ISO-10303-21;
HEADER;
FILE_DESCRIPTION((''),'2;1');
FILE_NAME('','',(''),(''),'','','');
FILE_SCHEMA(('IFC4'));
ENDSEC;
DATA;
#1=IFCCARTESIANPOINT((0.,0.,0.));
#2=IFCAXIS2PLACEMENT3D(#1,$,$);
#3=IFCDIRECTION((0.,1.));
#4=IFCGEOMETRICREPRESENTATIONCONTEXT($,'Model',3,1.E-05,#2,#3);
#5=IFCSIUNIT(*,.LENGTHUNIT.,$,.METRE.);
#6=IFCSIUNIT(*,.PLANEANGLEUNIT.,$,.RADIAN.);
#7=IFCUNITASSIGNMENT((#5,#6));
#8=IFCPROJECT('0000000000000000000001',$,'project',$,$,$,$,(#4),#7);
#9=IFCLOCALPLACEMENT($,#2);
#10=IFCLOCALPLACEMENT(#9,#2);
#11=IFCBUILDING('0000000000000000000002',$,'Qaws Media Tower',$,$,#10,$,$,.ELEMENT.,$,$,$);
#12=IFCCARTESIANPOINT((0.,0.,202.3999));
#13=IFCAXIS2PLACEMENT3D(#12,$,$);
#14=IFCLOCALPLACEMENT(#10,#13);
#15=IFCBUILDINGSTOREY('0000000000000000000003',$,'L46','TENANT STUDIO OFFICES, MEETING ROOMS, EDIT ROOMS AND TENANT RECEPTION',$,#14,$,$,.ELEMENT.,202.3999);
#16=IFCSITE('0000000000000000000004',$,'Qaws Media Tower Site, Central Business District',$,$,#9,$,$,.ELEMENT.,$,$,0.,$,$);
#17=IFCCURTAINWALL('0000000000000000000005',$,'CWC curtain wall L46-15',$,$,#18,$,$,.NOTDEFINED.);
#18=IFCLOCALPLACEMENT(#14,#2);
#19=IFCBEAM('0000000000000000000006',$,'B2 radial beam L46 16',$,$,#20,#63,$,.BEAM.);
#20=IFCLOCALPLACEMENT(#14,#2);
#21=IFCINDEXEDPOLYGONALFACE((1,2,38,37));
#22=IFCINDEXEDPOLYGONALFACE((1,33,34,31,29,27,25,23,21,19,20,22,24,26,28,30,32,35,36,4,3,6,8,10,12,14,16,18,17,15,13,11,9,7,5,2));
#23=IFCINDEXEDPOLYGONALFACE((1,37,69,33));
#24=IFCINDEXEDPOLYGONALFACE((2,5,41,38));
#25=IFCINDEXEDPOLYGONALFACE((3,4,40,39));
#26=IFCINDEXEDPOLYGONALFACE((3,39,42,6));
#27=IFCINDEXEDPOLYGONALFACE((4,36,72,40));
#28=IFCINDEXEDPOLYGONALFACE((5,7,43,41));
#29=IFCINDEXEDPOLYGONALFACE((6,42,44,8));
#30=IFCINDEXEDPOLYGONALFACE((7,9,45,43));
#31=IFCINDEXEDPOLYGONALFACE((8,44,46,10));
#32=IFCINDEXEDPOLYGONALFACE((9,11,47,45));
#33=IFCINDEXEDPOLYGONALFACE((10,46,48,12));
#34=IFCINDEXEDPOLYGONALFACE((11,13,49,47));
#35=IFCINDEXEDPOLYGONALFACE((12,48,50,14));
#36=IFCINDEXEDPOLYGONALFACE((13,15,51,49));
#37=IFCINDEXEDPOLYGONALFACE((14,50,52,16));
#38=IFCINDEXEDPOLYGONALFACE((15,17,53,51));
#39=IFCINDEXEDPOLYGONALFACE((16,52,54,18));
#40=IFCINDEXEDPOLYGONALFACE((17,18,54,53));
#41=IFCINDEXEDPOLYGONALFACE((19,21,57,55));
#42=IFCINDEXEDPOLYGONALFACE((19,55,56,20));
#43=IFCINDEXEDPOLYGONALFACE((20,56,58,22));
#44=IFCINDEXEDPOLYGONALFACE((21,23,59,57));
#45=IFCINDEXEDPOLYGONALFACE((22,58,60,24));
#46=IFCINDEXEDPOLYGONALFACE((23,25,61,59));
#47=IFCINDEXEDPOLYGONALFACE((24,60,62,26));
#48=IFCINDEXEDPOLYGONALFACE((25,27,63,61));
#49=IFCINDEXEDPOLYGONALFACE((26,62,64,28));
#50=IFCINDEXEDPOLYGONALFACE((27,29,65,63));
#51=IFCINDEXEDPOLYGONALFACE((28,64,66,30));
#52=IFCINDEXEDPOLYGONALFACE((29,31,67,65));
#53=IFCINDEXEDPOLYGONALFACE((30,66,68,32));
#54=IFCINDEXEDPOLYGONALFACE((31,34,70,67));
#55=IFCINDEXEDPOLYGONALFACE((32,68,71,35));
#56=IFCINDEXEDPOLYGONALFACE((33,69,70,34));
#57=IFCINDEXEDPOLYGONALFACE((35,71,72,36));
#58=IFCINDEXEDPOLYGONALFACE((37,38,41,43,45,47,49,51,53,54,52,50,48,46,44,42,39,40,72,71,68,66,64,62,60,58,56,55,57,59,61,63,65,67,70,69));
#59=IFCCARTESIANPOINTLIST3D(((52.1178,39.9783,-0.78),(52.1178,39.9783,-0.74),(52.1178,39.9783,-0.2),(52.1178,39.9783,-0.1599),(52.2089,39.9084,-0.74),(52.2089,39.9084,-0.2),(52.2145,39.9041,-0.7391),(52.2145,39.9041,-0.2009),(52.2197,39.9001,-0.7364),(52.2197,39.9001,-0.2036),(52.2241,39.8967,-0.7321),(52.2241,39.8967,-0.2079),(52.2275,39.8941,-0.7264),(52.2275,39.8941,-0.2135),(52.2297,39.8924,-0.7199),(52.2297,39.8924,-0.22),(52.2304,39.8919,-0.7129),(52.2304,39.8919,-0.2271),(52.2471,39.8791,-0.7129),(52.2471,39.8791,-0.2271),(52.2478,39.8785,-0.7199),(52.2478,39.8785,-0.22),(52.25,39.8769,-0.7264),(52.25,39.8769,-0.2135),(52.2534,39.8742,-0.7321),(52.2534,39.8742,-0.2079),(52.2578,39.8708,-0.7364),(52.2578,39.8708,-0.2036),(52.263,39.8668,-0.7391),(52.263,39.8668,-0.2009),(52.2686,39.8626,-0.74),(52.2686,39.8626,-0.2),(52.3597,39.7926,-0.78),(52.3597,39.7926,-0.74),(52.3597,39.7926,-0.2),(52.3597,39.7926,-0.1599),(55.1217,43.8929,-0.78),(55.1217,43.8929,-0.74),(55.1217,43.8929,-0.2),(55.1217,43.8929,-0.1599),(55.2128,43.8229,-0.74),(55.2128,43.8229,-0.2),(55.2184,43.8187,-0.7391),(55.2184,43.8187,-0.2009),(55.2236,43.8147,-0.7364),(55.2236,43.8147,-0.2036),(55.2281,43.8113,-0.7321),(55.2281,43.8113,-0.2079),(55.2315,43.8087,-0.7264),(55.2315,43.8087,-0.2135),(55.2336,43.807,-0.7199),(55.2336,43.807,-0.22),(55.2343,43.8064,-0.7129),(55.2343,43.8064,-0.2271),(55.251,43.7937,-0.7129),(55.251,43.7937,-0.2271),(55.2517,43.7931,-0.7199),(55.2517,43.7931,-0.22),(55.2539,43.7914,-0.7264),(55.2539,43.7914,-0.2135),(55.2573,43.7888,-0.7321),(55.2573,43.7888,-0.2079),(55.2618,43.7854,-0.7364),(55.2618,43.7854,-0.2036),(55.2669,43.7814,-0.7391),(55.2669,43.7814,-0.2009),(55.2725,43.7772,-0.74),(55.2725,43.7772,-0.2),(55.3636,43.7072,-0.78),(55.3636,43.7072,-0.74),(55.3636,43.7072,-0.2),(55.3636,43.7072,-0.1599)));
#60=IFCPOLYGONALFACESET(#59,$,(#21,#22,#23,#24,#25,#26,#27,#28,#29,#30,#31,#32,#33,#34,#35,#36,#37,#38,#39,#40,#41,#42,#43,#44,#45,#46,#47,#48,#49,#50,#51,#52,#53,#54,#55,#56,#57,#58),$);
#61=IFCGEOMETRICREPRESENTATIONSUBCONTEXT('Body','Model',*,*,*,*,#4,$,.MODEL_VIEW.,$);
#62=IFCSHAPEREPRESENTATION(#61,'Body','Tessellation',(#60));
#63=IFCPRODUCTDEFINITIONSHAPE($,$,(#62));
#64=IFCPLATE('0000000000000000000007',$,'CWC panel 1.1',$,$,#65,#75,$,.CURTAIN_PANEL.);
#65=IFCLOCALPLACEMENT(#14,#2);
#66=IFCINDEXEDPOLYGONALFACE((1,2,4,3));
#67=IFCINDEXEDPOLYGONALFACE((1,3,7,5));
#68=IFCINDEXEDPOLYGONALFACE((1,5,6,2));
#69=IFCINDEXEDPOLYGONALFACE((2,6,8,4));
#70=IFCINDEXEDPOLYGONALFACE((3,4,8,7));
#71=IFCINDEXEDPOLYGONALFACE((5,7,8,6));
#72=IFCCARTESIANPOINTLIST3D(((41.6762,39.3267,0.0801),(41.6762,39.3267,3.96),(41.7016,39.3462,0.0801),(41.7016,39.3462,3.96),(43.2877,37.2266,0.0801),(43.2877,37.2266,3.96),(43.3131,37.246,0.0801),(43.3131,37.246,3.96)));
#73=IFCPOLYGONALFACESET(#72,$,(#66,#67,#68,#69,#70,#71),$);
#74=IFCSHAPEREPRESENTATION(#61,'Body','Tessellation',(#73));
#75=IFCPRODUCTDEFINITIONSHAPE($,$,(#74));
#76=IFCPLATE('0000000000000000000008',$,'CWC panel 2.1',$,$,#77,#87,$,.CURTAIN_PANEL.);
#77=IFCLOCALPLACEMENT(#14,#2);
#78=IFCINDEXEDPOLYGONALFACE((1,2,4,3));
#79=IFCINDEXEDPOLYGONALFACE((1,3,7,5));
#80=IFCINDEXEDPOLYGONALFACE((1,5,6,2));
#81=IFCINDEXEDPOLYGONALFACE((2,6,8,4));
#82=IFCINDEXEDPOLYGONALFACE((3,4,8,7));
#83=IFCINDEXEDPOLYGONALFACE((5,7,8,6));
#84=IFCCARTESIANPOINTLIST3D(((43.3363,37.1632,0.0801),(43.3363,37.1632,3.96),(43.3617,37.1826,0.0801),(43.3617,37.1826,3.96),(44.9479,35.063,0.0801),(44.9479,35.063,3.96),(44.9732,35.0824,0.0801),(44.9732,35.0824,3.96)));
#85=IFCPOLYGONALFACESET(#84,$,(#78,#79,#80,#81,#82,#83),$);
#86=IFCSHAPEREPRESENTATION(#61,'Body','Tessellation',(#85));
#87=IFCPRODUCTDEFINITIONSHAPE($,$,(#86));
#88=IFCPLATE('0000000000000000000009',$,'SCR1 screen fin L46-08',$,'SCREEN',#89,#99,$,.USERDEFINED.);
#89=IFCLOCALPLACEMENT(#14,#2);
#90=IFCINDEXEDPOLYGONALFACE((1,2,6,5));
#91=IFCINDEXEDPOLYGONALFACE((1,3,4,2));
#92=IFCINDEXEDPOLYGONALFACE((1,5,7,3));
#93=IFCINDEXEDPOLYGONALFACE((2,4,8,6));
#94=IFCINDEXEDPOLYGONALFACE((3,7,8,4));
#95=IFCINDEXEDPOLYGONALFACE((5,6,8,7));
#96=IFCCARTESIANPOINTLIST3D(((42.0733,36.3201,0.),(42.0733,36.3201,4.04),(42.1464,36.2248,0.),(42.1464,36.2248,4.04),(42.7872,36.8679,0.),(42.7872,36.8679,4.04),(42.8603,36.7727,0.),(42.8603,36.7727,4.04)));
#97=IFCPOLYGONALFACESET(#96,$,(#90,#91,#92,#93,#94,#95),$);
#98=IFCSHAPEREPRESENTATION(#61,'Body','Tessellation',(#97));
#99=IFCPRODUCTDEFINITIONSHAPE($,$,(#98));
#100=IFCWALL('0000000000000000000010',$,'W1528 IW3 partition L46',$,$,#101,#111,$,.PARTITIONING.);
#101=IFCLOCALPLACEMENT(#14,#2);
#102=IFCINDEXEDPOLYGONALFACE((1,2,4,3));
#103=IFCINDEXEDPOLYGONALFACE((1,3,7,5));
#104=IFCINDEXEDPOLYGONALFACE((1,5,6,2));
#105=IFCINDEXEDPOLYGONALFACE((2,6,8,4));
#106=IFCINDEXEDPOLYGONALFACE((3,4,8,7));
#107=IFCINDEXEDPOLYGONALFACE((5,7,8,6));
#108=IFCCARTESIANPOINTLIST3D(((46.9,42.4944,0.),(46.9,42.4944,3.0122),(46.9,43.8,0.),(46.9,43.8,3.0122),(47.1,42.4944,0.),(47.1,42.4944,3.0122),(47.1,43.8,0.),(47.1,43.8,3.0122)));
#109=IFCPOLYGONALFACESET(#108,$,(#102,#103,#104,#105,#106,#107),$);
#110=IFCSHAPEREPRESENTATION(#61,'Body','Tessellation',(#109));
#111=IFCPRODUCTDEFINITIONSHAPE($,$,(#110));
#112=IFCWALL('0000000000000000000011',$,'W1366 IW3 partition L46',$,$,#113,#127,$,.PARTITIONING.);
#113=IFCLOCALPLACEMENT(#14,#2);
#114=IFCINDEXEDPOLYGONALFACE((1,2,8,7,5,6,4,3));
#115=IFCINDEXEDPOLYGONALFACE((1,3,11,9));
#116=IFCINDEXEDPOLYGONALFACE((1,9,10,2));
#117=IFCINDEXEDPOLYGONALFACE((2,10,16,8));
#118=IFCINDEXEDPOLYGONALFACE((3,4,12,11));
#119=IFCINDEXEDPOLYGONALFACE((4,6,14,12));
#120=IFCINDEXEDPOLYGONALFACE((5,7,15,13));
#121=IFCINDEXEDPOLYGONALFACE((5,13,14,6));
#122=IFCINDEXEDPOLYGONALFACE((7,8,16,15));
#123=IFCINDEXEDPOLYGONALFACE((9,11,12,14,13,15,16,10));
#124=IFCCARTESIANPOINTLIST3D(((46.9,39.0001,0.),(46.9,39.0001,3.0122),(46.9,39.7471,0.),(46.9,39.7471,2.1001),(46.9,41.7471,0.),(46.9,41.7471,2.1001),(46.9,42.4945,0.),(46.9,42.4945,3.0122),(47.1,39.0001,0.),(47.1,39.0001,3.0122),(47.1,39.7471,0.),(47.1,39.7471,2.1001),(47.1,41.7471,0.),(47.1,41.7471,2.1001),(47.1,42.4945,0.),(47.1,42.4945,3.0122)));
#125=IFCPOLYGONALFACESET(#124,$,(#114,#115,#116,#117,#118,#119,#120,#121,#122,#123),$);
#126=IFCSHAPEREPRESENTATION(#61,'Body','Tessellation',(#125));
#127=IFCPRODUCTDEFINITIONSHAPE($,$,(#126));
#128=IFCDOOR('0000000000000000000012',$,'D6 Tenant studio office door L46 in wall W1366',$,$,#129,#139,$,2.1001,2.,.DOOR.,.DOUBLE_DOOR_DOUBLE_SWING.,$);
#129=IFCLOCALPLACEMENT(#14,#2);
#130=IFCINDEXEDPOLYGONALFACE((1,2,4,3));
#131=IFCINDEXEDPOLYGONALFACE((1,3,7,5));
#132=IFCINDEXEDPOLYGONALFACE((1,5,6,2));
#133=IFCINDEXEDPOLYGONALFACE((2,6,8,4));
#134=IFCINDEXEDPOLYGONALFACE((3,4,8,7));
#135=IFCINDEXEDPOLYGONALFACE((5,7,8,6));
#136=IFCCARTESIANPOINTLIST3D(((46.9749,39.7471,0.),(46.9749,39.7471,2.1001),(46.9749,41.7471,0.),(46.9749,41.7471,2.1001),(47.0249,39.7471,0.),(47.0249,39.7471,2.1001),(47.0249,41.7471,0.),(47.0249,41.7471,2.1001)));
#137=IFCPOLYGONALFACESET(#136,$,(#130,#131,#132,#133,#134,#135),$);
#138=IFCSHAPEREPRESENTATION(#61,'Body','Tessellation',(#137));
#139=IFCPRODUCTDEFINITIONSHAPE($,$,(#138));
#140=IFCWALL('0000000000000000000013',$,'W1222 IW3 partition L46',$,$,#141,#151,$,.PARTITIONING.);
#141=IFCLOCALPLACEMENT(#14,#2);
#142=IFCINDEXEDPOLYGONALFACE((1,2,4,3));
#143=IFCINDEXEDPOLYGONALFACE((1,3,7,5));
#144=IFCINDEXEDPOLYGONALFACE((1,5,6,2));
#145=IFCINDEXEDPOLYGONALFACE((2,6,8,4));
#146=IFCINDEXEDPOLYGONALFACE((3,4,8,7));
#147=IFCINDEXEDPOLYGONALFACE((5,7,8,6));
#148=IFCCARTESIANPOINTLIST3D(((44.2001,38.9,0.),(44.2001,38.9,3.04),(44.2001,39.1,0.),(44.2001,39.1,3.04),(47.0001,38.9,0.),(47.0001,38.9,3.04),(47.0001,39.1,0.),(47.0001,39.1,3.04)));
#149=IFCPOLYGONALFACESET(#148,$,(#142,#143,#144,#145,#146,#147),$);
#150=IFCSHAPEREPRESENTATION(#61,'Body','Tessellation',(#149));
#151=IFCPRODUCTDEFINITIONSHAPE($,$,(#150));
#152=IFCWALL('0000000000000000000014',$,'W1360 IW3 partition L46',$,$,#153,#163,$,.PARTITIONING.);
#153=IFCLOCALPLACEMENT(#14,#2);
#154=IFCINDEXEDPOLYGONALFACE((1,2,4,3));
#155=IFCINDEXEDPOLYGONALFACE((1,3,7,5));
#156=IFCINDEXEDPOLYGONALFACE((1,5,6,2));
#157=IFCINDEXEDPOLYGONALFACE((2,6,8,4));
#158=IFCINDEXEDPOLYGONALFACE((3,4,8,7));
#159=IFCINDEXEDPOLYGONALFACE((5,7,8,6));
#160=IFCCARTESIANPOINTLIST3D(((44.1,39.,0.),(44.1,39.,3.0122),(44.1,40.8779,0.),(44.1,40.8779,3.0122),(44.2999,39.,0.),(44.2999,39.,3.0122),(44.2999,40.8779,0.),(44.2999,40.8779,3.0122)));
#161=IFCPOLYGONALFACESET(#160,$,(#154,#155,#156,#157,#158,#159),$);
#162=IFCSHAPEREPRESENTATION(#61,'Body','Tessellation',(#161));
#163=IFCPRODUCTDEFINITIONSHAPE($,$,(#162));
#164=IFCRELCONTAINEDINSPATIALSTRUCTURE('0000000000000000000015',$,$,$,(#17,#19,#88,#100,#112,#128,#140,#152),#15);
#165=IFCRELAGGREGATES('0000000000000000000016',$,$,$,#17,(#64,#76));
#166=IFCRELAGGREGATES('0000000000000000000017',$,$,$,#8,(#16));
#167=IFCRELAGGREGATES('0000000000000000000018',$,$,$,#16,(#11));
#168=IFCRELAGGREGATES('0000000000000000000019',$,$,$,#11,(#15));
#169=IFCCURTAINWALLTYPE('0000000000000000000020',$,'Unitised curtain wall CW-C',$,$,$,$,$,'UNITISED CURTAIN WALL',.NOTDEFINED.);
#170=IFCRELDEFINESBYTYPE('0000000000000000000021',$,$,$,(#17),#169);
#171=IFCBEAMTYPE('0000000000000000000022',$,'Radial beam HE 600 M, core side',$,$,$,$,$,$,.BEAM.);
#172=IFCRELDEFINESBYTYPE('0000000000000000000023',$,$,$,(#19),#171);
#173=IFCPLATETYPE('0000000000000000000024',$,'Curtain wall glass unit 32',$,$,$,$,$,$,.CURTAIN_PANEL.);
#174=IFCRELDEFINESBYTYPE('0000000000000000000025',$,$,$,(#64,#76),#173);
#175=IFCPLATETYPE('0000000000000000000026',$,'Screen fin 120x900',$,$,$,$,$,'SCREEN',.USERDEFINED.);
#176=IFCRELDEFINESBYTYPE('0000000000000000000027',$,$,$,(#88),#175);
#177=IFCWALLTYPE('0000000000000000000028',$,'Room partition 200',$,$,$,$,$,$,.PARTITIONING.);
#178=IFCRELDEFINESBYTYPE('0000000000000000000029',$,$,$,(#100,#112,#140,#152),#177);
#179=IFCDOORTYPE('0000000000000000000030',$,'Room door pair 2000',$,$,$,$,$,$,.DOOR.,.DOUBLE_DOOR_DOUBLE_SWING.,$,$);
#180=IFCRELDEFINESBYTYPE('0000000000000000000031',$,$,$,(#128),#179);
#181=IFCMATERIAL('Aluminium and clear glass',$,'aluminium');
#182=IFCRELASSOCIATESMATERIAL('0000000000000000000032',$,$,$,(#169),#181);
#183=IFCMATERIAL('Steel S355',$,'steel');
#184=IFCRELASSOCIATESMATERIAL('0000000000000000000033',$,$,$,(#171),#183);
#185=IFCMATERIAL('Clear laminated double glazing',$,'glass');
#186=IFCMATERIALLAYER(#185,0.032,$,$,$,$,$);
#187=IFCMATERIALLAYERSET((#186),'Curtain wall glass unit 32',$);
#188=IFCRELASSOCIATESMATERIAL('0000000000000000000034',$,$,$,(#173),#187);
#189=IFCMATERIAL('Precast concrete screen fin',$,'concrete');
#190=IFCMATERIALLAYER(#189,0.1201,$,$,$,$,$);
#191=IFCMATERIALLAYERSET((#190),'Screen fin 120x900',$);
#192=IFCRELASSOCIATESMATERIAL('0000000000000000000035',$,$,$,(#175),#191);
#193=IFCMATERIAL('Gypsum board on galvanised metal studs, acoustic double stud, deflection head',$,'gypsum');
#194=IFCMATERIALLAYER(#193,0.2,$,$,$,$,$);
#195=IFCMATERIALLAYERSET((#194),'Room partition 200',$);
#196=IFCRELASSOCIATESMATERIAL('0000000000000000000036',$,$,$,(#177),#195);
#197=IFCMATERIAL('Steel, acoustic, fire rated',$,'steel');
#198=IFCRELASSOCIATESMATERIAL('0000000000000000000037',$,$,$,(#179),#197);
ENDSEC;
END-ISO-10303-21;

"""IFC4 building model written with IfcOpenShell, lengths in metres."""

from ifc_helpers import new_model, si_unit, direction, frame, frame_2d, origin, origin_2d, place, context, subcontext, project, spatial, rectangle, i_section, extrude, material, layer, layer_set, material_profile, profile_set, type_object, element, fill, aggregate, save


model = new_model("IFC4")

# Units and contexts
model_context = context("Model", 3, precision=1e-05, world=origin(), true_north=direction((0.0, 1.0)))
body_context = subcontext(model_context, "Body", "Model", "MODEL_VIEW")
ifc_project = project(units=[si_unit("LENGTHUNIT", "METRE"), si_unit("PLANEANGLEUNIT", "RADIAN")], contexts=[model_context])

# Site, building, storey
site_placement = place(None, origin())
site = spatial("IfcSite", under=ifc_project, at=site_placement, Name="Qaws Media Tower Site, Central Business District", CompositionType="ELEMENT", RefElevation=0.0)
building_placement = place(site_placement, origin())
building = spatial("IfcBuilding", under=site, at=building_placement, Name="Qaws Media Tower", CompositionType="ELEMENT")
storey_placement = place(building_placement, frame((0.0, 0.0, 202.3999)))
storey = spatial("IfcBuildingStorey", under=building, at=storey_placement, Name="L46", Description="TENANT STUDIO OFFICES, MEETING ROOMS, EDIT ROOMS AND TENANT RECEPTION", CompositionType="ELEMENT", Elevation=202.3999)

# Shared definitions
ifc_material_1 = material(Name="Aluminium and clear glass", Category="aluminium")
curtain_wall_type = type_object("IfcCurtainWallType", Name="Unitised curtain wall CW-C", ElementType="UNITISED CURTAIN WALL", PredefinedType="NOTDEFINED", material=ifc_material_1)

# Curtain wall
curtain_wall_1_placement = place(storey_placement, origin())
curtain_wall_1 = element("IfcCurtainWall", 1, at=curtain_wall_1_placement, inside=storey, type_object=curtain_wall_type, Name="CWC curtain wall L46-15", PredefinedType="NOTDEFINED")

# Beam
ifc_material_2 = material(Name="Steel S355", Category="steel")
ifc_material_profile_1 = material_profile(ifc_material_2, i_section(OverallWidth=0.3049, OverallDepth=0.6201, WebThickness=0.021, FlangeThickness=0.04, FilletRadius=0.0271, at=origin_2d()), Name="HE 600 M")
ifc_profile_set_1 = profile_set([ifc_material_profile_1], Name="Steel S355")
beam_type_1 = type_object("IfcBeamType", Name="Radial beam HE 600 M, core side", PredefinedType="BEAM", material=ifc_profile_set_1)
beam_1_placement = place(storey_placement, frame((55.2427, 43.8, -0.47), z_axis=(-0.608783, -0.793337, 0.0), x_axis=(0.793337, -0.608783, 0.0)))
element("IfcBeam", 2, at=beam_1_placement, inside=storey, type_object=beam_type_1, Name="B2 radial beam L46 16", PredefinedType="BEAM", context=body_context, shape_type="SweptSolid", body=[
    extrude(i_section(OverallWidth=0.3049, OverallDepth=0.6201, WebThickness=0.021, FlangeThickness=0.04, FilletRadius=0.0271, at=origin_2d()), origin(), (0.0, 0.0, 1.0), 4.9343),
])

# Plates
ifc_material_3 = material(Name="Clear laminated double glazing", Category="glass")
ifc_layer_1 = layer(ifc_material_3, 0.032)
ifc_layer_set_1 = layer_set([ifc_layer_1], Name="Curtain wall glass unit 32")
plate_type_1 = type_object("IfcPlateType", Name="Curtain wall glass unit 32", PredefinedType="CURTAIN_PANEL", material=ifc_layer_set_1)
plate_1_placement = place(storey_placement, frame((42.4946, 38.2864, 0.0801), z_axis=(0.0, 0.0, 1.0), x_axis=(0.608761, -0.793353, 0.0)))
plate_1 = element("IfcPlate", 3, at=plate_1_placement, type_object=plate_type_1, Name="CWC panel 1.1", PredefinedType="CURTAIN_PANEL", context=body_context, shape_type="SweptSolid", body=[
    extrude(rectangle(XDim=2.6472, YDim=0.032, at=origin_2d()), origin(), (0.0, 0.0, 1.0), 3.8799),
])
plate_2_placement = place(storey_placement, frame((44.1548, 36.1228, 0.0801), z_axis=(0.0, 0.0, 1.0), x_axis=(0.608761, -0.793353, 0.0)))
plate_2 = element("IfcPlate", 4, at=plate_2_placement, type_object=plate_type_1, Name="CWC panel 2.1", PredefinedType="CURTAIN_PANEL", context=body_context, shape_type="SweptSolid", body=[
    extrude(rectangle(XDim=2.6472, YDim=0.032, at=origin_2d()), origin(), (0.0, 0.0, 1.0), 3.8799),
])
aggregate(curtain_wall_1, [plate_1, plate_2])
ifc_material_4 = material(Name="Precast concrete screen fin", Category="concrete")
ifc_layer_2 = layer(ifc_material_4, 0.1201)
ifc_layer_set_2 = layer_set([ifc_layer_2], Name="Screen fin 120x900")
plate_type_2 = type_object("IfcPlateType", Name="Screen fin 120x900", ElementType="SCREEN", PredefinedType="USERDEFINED", material=ifc_layer_set_2)
plate_3_placement = place(storey_placement, frame((42.4668, 36.5464, 0.0), z_axis=(0.0, 0.0, 1.0), x_axis=(-0.793353, -0.608761, 0.0)))
element("IfcPlate", 5, at=plate_3_placement, inside=storey, type_object=plate_type_2, Name="SCR1 screen fin L46-08", ObjectType="SCREEN", PredefinedType="USERDEFINED", context=body_context, shape_type="SweptSolid", body=[
    extrude(rectangle(XDim=0.8999, YDim=0.1201, at=origin_2d()), origin(), (0.0, 0.0, 1.0), 4.04),
])

# Wall
ifc_material_5 = material(Name="Gypsum board on galvanised metal studs, acoustic double stud, deflection head", Category="gypsum")
ifc_layer_3 = layer(ifc_material_5, 0.2)
ifc_layer_set_3 = layer_set([ifc_layer_3], Name="Room partition 200")
wall_type = type_object("IfcWallType", Name="Room partition 200", PredefinedType="PARTITIONING", material=ifc_layer_set_3)
wall_1_placement = place(storey_placement, frame((47.0, 43.8, 0.0), z_axis=(0.0, 0.0, 1.0), x_axis=(0.0, -1.0, 0.0)))
element("IfcWall", 6, at=wall_1_placement, inside=storey, type_object=wall_type, Name="W1528 IW3 partition L46", PredefinedType="PARTITIONING", context=body_context, shape_type="SweptSolid", body=[
    extrude(rectangle(XDim=1.3057, YDim=0.2, at=frame_2d((0.6528, 0.0))), origin(), (0.0, 0.0, 1.0), 3.0122),
])

# Wall, opening, door
wall_2_placement = place(storey_placement, frame((47.0, 42.4944, 0.0), z_axis=(0.0, 0.0, 1.0), x_axis=(0.0, -1.0, 0.0)))
wall_2 = element("IfcWall", 7, at=wall_2_placement, inside=storey, type_object=wall_type, Name="W1366 IW3 partition L46", PredefinedType="PARTITIONING", context=body_context, shape_type="SweptSolid", body=[
    extrude(rectangle(XDim=3.4944, YDim=0.2, at=frame_2d((1.7471, 0.0))), origin(), (0.0, 0.0, 1.0), 3.0122),
])
opening_1_placement = place(wall_2_placement, frame((0.7473, 0.0, 0.0)))
opening_1 = element("IfcOpeningElement", 8, at=opening_1_placement, cuts=wall_2, PredefinedType="OPENING", context=body_context, shape_type="SweptSolid", body=[
    extrude(rectangle(XDim=2.0, YDim=2.1001, at=frame_2d((1.0, 1.05))), frame((0.0, 0.1099, 0.0), z_axis=(0.0, -1.0, 0.0), x_axis=(1.0, 0.0, 0.0)), (0.0, 0.0, 1.0), 0.22),
])
ifc_material_6 = material(Name="Steel, acoustic, fire rated", Category="steel")
door_type_1 = type_object("IfcDoorType", Name="Room door pair 2000", OperationType="DOUBLE_DOOR_DOUBLE_SWING", PredefinedType="DOOR", material=ifc_material_6)
door_1_placement = place(opening_1_placement, origin())
door_1 = element("IfcDoor", 9, at=door_1_placement, inside=storey, type_object=door_type_1, Name="D6 Tenant studio office door L46 in wall W1366", OperationType="DOUBLE_DOOR_DOUBLE_SWING", OverallHeight=2.1001, OverallWidth=2.0, PredefinedType="DOOR", context=body_context, shape_type="SweptSolid", body=[
    extrude(rectangle(XDim=2.0, YDim=2.1001, at=frame_2d((1.0, 1.05))), frame((0.0, 0.0249, 0.0), z_axis=(0.0, -1.0, 0.0), x_axis=(1.0, 0.0, 0.0)), (0.0, 0.0, 1.0), 0.05),
])
fill(opening_1, door_1)

# Walls
wall_3_placement = place(storey_placement, frame((47.0, 39.0, 0.0), z_axis=(0.0, 0.0, 1.0), x_axis=(-1.0, 0.0, 0.0)))
element("IfcWall", 10, at=wall_3_placement, inside=storey, type_object=wall_type, Name="W1222 IW3 partition L46", PredefinedType="PARTITIONING", context=body_context, shape_type="SweptSolid", body=[
    extrude(rectangle(XDim=2.8, YDim=0.2, at=frame_2d((1.3999, 0.0))), origin(), (0.0, 0.0, 1.0), 3.04),
])
wall_4_placement = place(storey_placement, frame((44.2, 39.0, 0.0), z_axis=(0.0, 0.0, 1.0), x_axis=(0.0, 1.0, 0.0)))
element("IfcWall", 11, at=wall_4_placement, inside=storey, type_object=wall_type, Name="W1360 IW3 partition L46", PredefinedType="PARTITIONING", context=body_context, shape_type="SweptSolid", body=[
    extrude(rectangle(XDim=1.8779, YDim=0.2, at=frame_2d((0.939, 0.0))), origin(), (0.0, 0.0, 1.0), 3.0122),
])

save(model, "model.ifc")
